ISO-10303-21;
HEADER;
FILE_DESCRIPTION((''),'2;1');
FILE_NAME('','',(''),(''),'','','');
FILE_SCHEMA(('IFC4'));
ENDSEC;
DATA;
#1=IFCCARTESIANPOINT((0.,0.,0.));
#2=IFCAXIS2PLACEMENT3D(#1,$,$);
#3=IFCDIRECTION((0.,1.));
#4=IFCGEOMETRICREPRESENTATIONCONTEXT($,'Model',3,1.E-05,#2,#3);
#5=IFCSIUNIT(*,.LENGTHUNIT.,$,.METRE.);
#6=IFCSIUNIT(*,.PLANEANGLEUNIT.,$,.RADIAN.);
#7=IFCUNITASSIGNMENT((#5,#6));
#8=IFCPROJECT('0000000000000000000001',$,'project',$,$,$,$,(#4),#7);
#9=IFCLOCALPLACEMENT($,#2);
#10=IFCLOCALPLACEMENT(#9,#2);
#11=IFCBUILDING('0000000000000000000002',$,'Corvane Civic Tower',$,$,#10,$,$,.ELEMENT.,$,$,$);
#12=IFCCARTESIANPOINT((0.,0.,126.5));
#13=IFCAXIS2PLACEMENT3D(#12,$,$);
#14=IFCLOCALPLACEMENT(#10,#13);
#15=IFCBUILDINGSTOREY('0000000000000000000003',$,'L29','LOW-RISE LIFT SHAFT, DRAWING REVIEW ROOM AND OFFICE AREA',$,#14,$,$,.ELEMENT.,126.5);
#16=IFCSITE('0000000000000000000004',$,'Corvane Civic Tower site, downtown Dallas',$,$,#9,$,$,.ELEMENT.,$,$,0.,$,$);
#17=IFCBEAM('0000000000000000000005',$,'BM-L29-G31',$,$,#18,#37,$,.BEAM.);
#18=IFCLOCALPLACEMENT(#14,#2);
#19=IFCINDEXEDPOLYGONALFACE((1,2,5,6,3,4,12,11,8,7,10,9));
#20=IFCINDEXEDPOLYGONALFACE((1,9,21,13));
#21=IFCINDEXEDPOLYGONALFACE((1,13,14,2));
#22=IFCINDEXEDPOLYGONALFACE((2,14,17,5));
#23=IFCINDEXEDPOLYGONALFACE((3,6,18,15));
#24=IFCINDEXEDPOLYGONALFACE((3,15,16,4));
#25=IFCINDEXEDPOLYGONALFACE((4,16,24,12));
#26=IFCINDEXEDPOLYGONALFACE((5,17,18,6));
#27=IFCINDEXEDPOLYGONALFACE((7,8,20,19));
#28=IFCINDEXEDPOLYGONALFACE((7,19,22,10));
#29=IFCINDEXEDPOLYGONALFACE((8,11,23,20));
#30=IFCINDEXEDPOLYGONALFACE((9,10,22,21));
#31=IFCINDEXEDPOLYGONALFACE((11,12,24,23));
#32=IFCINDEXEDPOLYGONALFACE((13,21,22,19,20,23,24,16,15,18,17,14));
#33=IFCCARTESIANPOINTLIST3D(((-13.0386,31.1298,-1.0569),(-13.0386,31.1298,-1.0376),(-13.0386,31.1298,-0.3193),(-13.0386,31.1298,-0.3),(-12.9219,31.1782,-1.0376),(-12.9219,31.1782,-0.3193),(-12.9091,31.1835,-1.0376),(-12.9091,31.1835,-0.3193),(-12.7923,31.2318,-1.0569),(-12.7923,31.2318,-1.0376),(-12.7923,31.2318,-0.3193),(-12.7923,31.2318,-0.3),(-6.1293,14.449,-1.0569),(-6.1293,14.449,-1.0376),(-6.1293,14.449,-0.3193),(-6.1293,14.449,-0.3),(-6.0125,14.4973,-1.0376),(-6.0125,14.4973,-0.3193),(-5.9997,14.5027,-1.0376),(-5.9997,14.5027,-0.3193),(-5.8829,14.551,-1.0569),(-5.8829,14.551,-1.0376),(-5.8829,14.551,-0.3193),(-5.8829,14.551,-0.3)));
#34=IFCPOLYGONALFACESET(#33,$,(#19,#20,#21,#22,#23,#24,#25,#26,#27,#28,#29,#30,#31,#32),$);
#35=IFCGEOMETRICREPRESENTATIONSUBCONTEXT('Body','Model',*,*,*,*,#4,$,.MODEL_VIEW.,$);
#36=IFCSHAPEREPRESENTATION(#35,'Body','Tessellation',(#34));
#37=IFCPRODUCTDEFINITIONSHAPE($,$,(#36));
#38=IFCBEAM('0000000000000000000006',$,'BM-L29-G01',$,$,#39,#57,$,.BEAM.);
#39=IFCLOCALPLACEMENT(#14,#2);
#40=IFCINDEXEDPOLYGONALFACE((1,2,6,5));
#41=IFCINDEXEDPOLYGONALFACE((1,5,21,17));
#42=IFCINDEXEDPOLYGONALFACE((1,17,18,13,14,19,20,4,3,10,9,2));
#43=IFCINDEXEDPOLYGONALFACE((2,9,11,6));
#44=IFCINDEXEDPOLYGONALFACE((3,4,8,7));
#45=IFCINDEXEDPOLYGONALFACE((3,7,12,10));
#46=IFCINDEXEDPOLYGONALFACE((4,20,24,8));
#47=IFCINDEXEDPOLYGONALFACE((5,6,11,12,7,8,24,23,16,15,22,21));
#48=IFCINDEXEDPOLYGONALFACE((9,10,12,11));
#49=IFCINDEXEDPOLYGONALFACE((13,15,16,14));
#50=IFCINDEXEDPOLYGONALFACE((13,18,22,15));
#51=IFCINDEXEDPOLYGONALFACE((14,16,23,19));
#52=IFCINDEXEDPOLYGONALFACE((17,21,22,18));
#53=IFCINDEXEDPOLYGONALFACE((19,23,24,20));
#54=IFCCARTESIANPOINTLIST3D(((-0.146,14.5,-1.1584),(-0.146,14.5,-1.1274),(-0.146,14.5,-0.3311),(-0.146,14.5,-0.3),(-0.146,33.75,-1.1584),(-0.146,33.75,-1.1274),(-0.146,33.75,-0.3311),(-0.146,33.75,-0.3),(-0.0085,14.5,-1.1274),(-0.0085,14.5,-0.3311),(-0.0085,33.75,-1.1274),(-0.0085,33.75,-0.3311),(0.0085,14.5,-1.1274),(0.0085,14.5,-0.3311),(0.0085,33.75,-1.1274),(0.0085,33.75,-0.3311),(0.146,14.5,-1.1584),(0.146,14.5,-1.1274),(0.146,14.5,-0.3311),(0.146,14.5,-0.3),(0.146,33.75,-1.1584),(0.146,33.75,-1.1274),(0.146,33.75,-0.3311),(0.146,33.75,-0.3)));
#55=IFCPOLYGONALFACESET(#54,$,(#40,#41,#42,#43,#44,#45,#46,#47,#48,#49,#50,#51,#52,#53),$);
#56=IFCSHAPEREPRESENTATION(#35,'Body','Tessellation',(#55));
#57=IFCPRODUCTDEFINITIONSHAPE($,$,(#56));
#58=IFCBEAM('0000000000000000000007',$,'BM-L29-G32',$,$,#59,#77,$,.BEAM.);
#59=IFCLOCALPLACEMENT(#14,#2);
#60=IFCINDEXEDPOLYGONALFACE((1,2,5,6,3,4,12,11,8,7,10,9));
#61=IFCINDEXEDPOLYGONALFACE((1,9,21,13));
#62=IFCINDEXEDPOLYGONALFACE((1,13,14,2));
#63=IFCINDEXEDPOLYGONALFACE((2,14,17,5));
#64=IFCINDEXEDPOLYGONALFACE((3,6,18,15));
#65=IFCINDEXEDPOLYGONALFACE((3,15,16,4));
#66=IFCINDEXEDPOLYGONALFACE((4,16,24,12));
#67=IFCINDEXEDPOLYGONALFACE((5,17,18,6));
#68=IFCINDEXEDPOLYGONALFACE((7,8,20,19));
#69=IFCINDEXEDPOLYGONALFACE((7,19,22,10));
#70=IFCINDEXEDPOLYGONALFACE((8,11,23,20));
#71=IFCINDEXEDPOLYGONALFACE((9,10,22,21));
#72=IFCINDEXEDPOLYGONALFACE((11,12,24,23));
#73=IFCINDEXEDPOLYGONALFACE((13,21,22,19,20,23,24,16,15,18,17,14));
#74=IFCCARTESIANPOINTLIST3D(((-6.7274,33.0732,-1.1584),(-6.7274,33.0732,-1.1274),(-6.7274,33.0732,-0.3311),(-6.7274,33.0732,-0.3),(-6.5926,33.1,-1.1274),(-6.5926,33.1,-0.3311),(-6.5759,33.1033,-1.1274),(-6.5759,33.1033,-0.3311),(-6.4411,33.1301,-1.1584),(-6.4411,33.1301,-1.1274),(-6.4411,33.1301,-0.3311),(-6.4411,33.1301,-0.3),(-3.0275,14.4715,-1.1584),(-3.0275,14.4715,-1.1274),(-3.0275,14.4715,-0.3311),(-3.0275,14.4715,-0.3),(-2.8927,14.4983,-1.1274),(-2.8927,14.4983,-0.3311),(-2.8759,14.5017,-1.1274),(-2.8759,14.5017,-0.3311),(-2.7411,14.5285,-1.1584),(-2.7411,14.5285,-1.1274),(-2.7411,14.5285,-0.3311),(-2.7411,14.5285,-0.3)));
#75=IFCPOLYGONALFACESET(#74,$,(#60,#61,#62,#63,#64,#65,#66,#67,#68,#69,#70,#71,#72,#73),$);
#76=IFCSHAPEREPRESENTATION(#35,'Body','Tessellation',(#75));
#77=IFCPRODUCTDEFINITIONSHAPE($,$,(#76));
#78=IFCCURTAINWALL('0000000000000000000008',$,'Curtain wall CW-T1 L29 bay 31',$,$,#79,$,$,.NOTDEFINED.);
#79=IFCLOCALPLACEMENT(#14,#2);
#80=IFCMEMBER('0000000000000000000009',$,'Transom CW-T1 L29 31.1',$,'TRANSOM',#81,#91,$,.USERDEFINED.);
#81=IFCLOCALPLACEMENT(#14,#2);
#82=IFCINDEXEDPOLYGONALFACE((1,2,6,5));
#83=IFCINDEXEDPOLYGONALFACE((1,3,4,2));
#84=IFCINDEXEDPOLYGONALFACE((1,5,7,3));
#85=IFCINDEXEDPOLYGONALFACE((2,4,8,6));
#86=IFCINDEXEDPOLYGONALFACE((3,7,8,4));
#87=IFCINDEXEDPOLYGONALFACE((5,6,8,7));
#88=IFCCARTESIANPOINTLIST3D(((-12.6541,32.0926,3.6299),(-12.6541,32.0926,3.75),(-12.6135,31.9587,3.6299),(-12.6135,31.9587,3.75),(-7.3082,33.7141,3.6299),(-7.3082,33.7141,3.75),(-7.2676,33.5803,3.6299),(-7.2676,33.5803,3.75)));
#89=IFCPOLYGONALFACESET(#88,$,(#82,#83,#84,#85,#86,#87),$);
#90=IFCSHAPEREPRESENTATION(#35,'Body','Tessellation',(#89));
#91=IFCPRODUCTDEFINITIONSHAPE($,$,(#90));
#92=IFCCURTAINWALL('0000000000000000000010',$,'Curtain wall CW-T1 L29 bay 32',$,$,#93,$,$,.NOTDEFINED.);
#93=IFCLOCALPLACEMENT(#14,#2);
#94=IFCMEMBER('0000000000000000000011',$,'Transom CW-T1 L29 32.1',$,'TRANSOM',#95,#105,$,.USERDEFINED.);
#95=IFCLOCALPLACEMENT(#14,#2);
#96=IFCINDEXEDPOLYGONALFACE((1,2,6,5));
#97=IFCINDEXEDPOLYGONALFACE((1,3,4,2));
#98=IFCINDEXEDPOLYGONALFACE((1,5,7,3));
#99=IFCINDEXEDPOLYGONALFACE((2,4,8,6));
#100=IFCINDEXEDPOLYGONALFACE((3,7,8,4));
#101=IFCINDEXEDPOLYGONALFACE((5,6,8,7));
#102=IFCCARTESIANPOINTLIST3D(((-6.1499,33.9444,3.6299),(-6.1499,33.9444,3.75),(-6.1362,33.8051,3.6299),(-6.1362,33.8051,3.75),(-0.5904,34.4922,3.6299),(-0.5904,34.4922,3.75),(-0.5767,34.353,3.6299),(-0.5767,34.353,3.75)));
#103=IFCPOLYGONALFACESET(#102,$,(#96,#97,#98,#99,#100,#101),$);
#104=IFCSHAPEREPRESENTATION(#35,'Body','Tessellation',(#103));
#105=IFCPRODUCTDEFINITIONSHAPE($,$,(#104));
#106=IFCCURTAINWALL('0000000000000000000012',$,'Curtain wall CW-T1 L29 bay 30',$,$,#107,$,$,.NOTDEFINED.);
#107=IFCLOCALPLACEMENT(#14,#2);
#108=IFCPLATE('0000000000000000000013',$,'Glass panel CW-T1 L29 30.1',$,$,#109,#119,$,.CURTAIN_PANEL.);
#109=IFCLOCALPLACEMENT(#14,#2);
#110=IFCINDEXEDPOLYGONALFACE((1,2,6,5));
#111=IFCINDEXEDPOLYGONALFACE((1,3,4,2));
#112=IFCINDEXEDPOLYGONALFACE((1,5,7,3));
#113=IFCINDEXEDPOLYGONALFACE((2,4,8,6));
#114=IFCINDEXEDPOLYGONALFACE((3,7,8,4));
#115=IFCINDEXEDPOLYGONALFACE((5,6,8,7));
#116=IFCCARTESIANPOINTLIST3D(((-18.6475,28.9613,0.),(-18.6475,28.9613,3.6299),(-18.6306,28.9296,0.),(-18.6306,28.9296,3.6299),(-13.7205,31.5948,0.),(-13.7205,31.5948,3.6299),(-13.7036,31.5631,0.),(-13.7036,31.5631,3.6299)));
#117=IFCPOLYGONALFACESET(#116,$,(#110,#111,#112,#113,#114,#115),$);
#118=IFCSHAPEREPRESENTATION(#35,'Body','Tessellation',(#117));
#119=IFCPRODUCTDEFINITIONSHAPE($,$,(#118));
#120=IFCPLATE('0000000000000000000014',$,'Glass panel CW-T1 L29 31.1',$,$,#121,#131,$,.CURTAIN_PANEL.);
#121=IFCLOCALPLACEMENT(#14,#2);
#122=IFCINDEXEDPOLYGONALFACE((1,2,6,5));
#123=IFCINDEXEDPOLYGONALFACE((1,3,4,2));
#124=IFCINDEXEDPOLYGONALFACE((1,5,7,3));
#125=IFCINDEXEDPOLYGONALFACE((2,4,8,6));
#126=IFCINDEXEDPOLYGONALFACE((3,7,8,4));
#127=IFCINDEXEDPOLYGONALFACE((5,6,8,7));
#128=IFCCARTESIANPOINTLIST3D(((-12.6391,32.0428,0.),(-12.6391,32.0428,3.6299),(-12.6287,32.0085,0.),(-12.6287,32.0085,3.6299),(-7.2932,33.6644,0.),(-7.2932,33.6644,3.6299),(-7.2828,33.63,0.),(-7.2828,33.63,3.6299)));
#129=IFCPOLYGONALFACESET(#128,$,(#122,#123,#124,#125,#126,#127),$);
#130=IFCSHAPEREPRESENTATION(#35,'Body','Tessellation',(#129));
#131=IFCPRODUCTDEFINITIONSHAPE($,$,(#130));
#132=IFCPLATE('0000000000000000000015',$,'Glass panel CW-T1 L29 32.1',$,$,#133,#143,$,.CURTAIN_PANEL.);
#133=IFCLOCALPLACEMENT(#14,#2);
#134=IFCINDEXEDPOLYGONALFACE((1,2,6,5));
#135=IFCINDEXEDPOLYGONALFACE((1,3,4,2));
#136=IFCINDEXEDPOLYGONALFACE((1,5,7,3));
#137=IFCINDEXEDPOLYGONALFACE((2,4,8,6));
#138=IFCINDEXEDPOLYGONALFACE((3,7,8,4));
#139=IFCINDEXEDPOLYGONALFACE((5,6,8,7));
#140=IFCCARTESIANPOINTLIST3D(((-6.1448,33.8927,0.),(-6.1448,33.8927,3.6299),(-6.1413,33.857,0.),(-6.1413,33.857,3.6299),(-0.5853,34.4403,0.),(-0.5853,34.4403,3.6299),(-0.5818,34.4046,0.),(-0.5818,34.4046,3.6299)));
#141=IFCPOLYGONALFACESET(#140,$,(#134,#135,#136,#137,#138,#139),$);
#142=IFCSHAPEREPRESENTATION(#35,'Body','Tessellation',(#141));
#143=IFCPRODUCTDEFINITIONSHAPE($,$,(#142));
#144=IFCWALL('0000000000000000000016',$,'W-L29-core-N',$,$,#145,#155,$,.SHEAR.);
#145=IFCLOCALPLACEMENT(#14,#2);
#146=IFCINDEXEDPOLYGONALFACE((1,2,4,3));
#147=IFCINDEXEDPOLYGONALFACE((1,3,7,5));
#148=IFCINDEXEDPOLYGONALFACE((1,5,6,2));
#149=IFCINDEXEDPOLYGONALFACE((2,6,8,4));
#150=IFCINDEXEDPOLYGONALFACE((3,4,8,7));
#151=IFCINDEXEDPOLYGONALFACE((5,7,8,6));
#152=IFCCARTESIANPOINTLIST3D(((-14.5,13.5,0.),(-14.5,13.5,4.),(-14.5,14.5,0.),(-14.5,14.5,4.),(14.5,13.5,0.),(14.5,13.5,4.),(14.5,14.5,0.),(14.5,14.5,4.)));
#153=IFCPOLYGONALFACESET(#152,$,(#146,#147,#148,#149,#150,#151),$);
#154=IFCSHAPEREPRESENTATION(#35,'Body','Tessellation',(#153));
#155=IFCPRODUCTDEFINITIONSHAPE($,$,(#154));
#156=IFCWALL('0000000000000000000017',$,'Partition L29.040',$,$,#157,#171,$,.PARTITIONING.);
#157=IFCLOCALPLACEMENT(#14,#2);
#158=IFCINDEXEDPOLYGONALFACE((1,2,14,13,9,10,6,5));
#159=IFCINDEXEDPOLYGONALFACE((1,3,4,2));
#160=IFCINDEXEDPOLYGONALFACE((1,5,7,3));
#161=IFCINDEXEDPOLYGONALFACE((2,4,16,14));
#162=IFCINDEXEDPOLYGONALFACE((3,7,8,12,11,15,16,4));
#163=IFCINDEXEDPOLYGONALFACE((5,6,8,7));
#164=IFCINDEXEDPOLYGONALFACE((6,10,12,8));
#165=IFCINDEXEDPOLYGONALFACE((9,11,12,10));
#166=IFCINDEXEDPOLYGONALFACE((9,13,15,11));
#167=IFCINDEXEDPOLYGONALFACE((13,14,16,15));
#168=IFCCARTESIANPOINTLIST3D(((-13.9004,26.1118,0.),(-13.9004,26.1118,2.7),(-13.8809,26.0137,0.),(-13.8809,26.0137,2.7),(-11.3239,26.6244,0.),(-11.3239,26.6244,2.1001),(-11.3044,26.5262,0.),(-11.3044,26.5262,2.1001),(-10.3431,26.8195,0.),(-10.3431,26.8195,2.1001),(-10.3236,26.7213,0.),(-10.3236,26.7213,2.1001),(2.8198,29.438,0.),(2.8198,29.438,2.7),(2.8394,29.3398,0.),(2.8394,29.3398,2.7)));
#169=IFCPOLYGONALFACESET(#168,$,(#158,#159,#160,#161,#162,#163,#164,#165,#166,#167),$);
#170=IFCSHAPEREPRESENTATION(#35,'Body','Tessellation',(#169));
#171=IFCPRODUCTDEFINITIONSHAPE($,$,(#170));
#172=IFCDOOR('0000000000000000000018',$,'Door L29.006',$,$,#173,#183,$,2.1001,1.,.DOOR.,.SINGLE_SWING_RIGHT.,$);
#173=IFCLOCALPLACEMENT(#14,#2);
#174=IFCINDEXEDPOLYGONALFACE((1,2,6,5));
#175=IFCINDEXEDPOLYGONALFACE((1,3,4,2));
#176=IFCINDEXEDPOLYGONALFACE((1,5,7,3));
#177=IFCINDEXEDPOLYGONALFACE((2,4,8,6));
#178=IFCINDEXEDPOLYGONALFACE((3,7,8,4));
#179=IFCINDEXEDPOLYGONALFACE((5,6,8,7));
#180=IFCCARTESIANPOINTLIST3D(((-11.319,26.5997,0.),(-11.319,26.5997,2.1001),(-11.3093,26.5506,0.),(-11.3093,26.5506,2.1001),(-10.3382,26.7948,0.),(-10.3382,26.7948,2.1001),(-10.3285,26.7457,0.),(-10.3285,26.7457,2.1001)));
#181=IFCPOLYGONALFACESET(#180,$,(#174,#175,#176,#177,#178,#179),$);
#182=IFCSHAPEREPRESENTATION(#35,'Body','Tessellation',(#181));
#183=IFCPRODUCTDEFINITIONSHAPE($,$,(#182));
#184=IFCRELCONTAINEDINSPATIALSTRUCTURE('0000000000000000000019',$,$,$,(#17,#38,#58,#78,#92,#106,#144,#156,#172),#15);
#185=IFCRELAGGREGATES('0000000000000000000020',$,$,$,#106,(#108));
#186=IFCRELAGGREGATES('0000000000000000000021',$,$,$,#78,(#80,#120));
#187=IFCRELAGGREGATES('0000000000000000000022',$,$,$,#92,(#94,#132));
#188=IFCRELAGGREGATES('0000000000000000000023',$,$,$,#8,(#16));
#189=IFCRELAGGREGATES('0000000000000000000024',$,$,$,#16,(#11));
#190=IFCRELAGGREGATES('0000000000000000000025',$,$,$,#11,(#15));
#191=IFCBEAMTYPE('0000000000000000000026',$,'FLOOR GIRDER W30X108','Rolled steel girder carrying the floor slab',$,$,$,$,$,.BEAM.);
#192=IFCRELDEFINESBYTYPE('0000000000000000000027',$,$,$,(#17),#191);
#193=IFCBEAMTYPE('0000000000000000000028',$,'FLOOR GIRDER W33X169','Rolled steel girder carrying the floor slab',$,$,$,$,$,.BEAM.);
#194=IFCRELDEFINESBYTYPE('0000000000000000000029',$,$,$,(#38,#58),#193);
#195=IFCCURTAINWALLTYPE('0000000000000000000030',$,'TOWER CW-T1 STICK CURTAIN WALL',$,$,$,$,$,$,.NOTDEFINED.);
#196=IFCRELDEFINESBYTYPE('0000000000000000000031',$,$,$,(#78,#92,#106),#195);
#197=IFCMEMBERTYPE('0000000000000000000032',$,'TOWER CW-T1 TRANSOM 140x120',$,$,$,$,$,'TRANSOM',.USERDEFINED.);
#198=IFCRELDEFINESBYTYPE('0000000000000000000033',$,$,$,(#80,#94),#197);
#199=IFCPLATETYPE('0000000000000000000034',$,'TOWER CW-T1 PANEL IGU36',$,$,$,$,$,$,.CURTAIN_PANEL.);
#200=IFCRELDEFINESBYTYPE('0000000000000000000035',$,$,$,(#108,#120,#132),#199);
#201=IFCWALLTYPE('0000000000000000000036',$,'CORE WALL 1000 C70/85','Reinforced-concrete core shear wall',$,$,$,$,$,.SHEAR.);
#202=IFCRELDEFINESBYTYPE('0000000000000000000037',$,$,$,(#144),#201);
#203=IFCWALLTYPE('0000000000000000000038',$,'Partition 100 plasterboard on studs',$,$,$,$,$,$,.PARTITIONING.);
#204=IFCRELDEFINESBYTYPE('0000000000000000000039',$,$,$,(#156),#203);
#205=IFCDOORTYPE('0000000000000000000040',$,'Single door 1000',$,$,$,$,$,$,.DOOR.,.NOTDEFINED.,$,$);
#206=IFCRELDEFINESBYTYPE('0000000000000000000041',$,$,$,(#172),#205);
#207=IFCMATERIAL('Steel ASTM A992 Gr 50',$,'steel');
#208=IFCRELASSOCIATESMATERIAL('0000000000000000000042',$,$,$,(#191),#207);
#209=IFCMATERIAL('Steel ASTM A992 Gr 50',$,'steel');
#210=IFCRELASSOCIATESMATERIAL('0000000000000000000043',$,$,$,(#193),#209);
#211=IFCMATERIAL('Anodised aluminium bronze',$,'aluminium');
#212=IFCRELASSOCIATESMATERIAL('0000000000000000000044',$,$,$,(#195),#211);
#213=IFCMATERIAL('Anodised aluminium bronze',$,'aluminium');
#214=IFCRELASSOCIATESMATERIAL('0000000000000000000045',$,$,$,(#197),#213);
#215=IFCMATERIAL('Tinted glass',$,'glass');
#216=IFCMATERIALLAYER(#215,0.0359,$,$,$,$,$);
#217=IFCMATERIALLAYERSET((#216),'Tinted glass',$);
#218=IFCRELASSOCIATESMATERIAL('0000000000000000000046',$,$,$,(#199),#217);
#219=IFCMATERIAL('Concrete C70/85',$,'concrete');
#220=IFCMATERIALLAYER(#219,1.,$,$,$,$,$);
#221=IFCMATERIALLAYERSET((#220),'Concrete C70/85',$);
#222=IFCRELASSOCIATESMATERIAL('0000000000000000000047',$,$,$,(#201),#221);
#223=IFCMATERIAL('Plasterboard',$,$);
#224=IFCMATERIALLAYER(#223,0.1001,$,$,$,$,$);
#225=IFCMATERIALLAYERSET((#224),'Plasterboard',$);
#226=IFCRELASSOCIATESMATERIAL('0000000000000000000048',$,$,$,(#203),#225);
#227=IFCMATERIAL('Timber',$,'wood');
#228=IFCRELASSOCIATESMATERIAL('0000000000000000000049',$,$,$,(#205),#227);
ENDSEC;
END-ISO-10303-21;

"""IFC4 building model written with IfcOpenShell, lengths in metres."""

from ifc_helpers import new_model, si_unit, direction, frame, frame_2d, origin, origin_2d, place, context, subcontext, project, spatial, rectangle, i_section, extrude, material, layer, layer_set, material_profile, profile_set, type_object, element, fill, aggregate, save


model = new_model("IFC4")

# Units and contexts
model_context = context("Model", 3, precision=1e-05, world=origin(), true_north=direction((0.0, 1.0)))
body_context = subcontext(model_context, "Body", "Model", "MODEL_VIEW")
ifc_project = project(units=[si_unit("LENGTHUNIT", "METRE"), si_unit("PLANEANGLEUNIT", "RADIAN")], contexts=[model_context])

# Site, building, storey
site_placement = place(None, origin())
site = spatial("IfcSite", under=ifc_project, at=site_placement, Name="Corvane Civic Tower site, downtown Dallas", CompositionType="ELEMENT", RefElevation=0.0)
building_placement = place(site_placement, origin())
building = spatial("IfcBuilding", under=site, at=building_placement, Name="Corvane Civic Tower", CompositionType="ELEMENT")
storey_placement = place(building_placement, frame((0.0, 0.0, 126.5)))
storey = spatial("IfcBuildingStorey", under=building, at=storey_placement, Name="L29", Description="LOW-RISE LIFT SHAFT, DRAWING REVIEW ROOM AND OFFICE AREA", CompositionType="ELEMENT", Elevation=126.5)

# Beams
ifc_material_1 = material(Name="Steel ASTM A992 Gr 50", Category="steel")
ifc_material_profile_1 = material_profile(ifc_material_1, i_section(OverallWidth=0.2666, OverallDepth=0.7568, WebThickness=0.0139, FlangeThickness=0.0193, at=origin_2d()), Name="W30X108")
ifc_profile_set_1 = profile_set([ifc_material_profile_1], Name="Steel ASTM A992 Gr 50")
beam_type_1 = type_object("IfcBeamType", Name="FLOOR GIRDER W30X108", Description="Rolled steel girder carrying the floor slab", PredefinedType="BEAM", material=ifc_profile_set_1)
beam_1_placement = place(storey_placement, frame((-6.0061, 14.5, -0.6785), z_axis=(-0.382682, 0.92388, 0.0), x_axis=(-0.92388, -0.382682, 0.0)))
element("IfcBeam", 1, at=beam_1_placement, inside=storey, type_object=beam_type_1, Name="BM-L29-G31", PredefinedType="BEAM", context=body_context, shape_type="SweptSolid", body=[
    extrude(i_section(OverallWidth=0.2666, OverallDepth=0.7568, WebThickness=0.0139, FlangeThickness=0.0193, at=origin_2d()), origin(), (0.0, 0.0, 1.0), 18.0552),
])
ifc_material_2 = material(Name="Steel ASTM A992 Gr 50", Category="steel")
ifc_material_profile_2 = material_profile(ifc_material_2, i_section(OverallWidth=0.292, OverallDepth=0.8584, WebThickness=0.0171, FlangeThickness=0.031, at=origin_2d()), Name="W33X169")
ifc_profile_set_2 = profile_set([ifc_material_profile_2], Name="Steel ASTM A992 Gr 50")
beam_type_2 = type_object("IfcBeamType", Name="FLOOR GIRDER W33X169", Description="Rolled steel girder carrying the floor slab", PredefinedType="BEAM", material=ifc_profile_set_2)
beam_2_placement = place(storey_placement, frame((0.0, 14.5, -0.7292), z_axis=(0.0, 1.0, 0.0), x_axis=(-1.0, 0.0, 0.0)))
element("IfcBeam", 2, at=beam_2_placement, inside=storey, type_object=beam_type_2, Name="BM-L29-G01", PredefinedType="BEAM", context=body_context, shape_type="SweptSolid", body=[
    extrude(i_section(OverallWidth=0.292, OverallDepth=0.8584, WebThickness=0.0171, FlangeThickness=0.031, at=origin_2d()), origin(), (0.0, 0.0, 1.0), 19.25),
])
beam_3_placement = place(storey_placement, frame((-2.8843, 14.5, -0.7292), z_axis=(-0.195084, 0.980787, 0.0), x_axis=(-0.980787, -0.195084, 0.0)))
element("IfcBeam", 3, at=beam_3_placement, inside=storey, type_object=beam_type_2, Name="BM-L29-G32", PredefinedType="BEAM", context=body_context, shape_type="SweptSolid", body=[
    extrude(i_section(OverallWidth=0.292, OverallDepth=0.8584, WebThickness=0.0171, FlangeThickness=0.031, at=origin_2d()), origin(), (0.0, 0.0, 1.0), 18.9661),
])

# Curtain walls, members
ifc_material_3 = material(Name="Anodised aluminium bronze", Category="aluminium")
curtain_wall_type = type_object("IfcCurtainWallType", Name="TOWER CW-T1 STICK CURTAIN WALL", PredefinedType="NOTDEFINED", material=ifc_material_3)
curtain_wall_1_placement = place(storey_placement, origin())
curtain_wall_1 = element("IfcCurtainWall", 4, at=curtain_wall_1_placement, inside=storey, type_object=curtain_wall_type, Name="Curtain wall CW-T1 L29 bay 31", PredefinedType="NOTDEFINED")
ifc_material_4 = material(Name="Anodised aluminium bronze", Category="aluminium")
ifc_material_profile_3 = material_profile(ifc_material_4, rectangle(XDim=0.1399, YDim=0.1201, at=origin_2d()), Name="TOWER CW-T1 TRANSOM 140x120")
ifc_profile_set_3 = profile_set([ifc_material_profile_3], Name="Anodised aluminium bronze")
member_type = type_object("IfcMemberType", Name="TOWER CW-T1 TRANSOM 140x120", ElementType="TRANSOM", PredefinedType="USERDEFINED", material=ifc_profile_set_3)
member_1_placement = place(storey_placement, frame((-12.6338, 32.0256, 3.6899), z_axis=(0.956945, 0.290269, 0.0), x_axis=(-0.290269, 0.956945, 0.0)))
member_1 = element("IfcMember", 5, at=member_1_placement, type_object=member_type, Name="Transom CW-T1 L29 31.1", ObjectType="TRANSOM", PredefinedType="USERDEFINED", context=body_context, shape_type="SweptSolid", body=[
    extrude(rectangle(XDim=0.1399, YDim=0.1201, at=origin_2d()), origin(), (0.0, 0.0, 1.0), 5.5864),
])
curtain_wall_2_placement = place(storey_placement, origin())
curtain_wall_2 = element("IfcCurtainWall", 6, at=curtain_wall_2_placement, inside=storey, type_object=curtain_wall_type, Name="Curtain wall CW-T1 L29 bay 32", PredefinedType="NOTDEFINED")
member_2_placement = place(storey_placement, frame((-6.1431, 33.8748, 3.6899), z_axis=(0.99518, 0.098067, 0.0), x_axis=(-0.098067, 0.99518, 0.0)))
member_2 = element("IfcMember", 7, at=member_2_placement, type_object=member_type, Name="Transom CW-T1 L29 32.1", ObjectType="TRANSOM", PredefinedType="USERDEFINED", context=body_context, shape_type="SweptSolid", body=[
    extrude(rectangle(XDim=0.1399, YDim=0.1201, at=origin_2d()), origin(), (0.0, 0.0, 1.0), 5.5864),
])

# Curtain wall, plate
curtain_wall_3_placement = place(storey_placement, origin())
curtain_wall_3 = element("IfcCurtainWall", 8, at=curtain_wall_3_placement, inside=storey, type_object=curtain_wall_type, Name="Curtain wall CW-T1 L29 bay 30", PredefinedType="NOTDEFINED")
ifc_material_5 = material(Name="Tinted glass", Category="glass")
ifc_layer_1 = layer(ifc_material_5, 0.0359)
ifc_layer_set_1 = layer_set([ifc_layer_1], Name="Tinted glass")
plate_type = type_object("IfcPlateType", Name="TOWER CW-T1 PANEL IGU36", PredefinedType="CURTAIN_PANEL", material=ifc_layer_set_1)
plate_1_placement = place(storey_placement, frame((-16.1755, 30.2622, 0.0), z_axis=(0.0, 0.0, 1.0), x_axis=(0.881924, 0.471392, 0.0)))
plate_1 = element("IfcPlate", 9, at=plate_1_placement, type_object=plate_type, Name="Glass panel CW-T1 L29 30.1", PredefinedType="CURTAIN_PANEL", context=body_context, shape_type="SweptSolid", body=[
    extrude(rectangle(XDim=5.5867, YDim=0.0359, at=origin_2d()), origin(), (0.0, 0.0, 1.0), 3.6299),
])
aggregate(curtain_wall_3, [plate_1])

# Plates
plate_2_placement = place(storey_placement, frame((-9.9609, 32.8364, 0.0), z_axis=(0.0, 0.0, 1.0), x_axis=(0.956946, 0.290266, 0.0)))
plate_2 = element("IfcPlate", 10, at=plate_2_placement, type_object=plate_type, Name="Glass panel CW-T1 L29 31.1", PredefinedType="CURTAIN_PANEL", context=body_context, shape_type="SweptSolid", body=[
    extrude(rectangle(XDim=5.5864, YDim=0.0359, at=origin_2d()), origin(), (0.0, 0.0, 1.0), 3.6299),
])
aggregate(curtain_wall_1, [member_1, plate_2])
plate_3_placement = place(storey_placement, frame((-3.3633, 34.1487, 0.0), z_axis=(0.0, 0.0, 1.0), x_axis=(0.995184, 0.098027, 0.0)))
plate_3 = element("IfcPlate", 11, at=plate_3_placement, type_object=plate_type, Name="Glass panel CW-T1 L29 32.1", PredefinedType="CURTAIN_PANEL", context=body_context, shape_type="SweptSolid", body=[
    extrude(rectangle(XDim=5.5864, YDim=0.0359, at=origin_2d()), origin(), (0.0, 0.0, 1.0), 3.6299),
])
aggregate(curtain_wall_2, [member_2, plate_3])

# Wall
ifc_material_6 = material(Name="Concrete C70/85", Category="concrete")
ifc_layer_2 = layer(ifc_material_6, 1.0)
ifc_layer_set_2 = layer_set([ifc_layer_2], Name="Concrete C70/85")
wall_type_1 = type_object("IfcWallType", Name="CORE WALL 1000 C70/85", Description="Reinforced-concrete core shear wall", PredefinedType="SHEAR", material=ifc_layer_set_2)
wall_1_placement = place(storey_placement, frame((-14.5, 14.0, 0.0), z_axis=(0.0, 0.0, 1.0), x_axis=(1.0, 0.0, 0.0)))
element("IfcWall", 12, at=wall_1_placement, inside=storey, type_object=wall_type_1, Name="W-L29-core-N", PredefinedType="SHEAR", context=body_context, shape_type="SweptSolid", body=[
    extrude(rectangle(XDim=29.0, YDim=1.0, at=frame_2d((14.5, 0.0))), origin(), (0.0, 0.0, 1.0), 4.0),
])

# Wall, opening, door
ifc_material_7 = material(Name="Plasterboard")
ifc_layer_3 = layer(ifc_material_7, 0.1001)
ifc_layer_set_3 = layer_set([ifc_layer_3], Name="Plasterboard")
wall_type_2 = type_object("IfcWallType", Name="Partition 100 plasterboard on studs", PredefinedType="PARTITIONING", material=ifc_layer_set_3)
wall_2_placement = place(storey_placement, frame((-13.8906, 26.0627, 0.0), z_axis=(0.0, 0.0, 1.0), x_axis=(0.980782, 0.195108, 0.0)))
wall_2 = element("IfcWall", 13, at=wall_2_placement, inside=storey, type_object=wall_type_2, Name="Partition L29.040", PredefinedType="PARTITIONING", context=body_context, shape_type="SweptSolid", body=[
    extrude(rectangle(XDim=17.0479, YDim=0.1001, at=frame_2d((8.5239, 0.0))), origin(), (0.0, 0.0, 1.0), 2.7),
])
opening_placement = place(wall_2_placement, frame((2.627, 0.0, 0.0)))
opening = element("IfcOpeningElement", 14, at=opening_placement, cuts=wall_2, PredefinedType="OPENING", context=body_context, shape_type="SweptSolid", body=[
    extrude(rectangle(XDim=1.0, YDim=2.1001, at=frame_2d((0.5, 1.05))), frame((0.0, 0.0601, 0.0), z_axis=(0.0, -1.0, 0.0), x_axis=(1.0, 0.0, 0.0)), (0.0, 0.0, 1.0), 0.1201),
])
ifc_material_8 = material(Name="Timber", Category="wood")
door_type = type_object("IfcDoorType", Name="Single door 1000", OperationType="NOTDEFINED", PredefinedType="DOOR", material=ifc_material_8)
door_placement = place(opening_placement, origin())
door = element("IfcDoor", 15, at=door_placement, inside=storey, type_object=door_type, Name="Door L29.006", OperationType="SINGLE_SWING_RIGHT", OverallHeight=2.1001, OverallWidth=1.0, PredefinedType="DOOR", context=body_context, shape_type="SweptSolid", body=[
    extrude(rectangle(XDim=1.0, YDim=2.1001, at=frame_2d((0.5, 1.05))), frame((0.0, 0.0249, 0.0), z_axis=(0.0, -1.0, 0.0), x_axis=(1.0, 0.0, 0.0)), (0.0, 0.0, 1.0), 0.05),
])
fill(opening, door)

save(model, "model.ifc")
